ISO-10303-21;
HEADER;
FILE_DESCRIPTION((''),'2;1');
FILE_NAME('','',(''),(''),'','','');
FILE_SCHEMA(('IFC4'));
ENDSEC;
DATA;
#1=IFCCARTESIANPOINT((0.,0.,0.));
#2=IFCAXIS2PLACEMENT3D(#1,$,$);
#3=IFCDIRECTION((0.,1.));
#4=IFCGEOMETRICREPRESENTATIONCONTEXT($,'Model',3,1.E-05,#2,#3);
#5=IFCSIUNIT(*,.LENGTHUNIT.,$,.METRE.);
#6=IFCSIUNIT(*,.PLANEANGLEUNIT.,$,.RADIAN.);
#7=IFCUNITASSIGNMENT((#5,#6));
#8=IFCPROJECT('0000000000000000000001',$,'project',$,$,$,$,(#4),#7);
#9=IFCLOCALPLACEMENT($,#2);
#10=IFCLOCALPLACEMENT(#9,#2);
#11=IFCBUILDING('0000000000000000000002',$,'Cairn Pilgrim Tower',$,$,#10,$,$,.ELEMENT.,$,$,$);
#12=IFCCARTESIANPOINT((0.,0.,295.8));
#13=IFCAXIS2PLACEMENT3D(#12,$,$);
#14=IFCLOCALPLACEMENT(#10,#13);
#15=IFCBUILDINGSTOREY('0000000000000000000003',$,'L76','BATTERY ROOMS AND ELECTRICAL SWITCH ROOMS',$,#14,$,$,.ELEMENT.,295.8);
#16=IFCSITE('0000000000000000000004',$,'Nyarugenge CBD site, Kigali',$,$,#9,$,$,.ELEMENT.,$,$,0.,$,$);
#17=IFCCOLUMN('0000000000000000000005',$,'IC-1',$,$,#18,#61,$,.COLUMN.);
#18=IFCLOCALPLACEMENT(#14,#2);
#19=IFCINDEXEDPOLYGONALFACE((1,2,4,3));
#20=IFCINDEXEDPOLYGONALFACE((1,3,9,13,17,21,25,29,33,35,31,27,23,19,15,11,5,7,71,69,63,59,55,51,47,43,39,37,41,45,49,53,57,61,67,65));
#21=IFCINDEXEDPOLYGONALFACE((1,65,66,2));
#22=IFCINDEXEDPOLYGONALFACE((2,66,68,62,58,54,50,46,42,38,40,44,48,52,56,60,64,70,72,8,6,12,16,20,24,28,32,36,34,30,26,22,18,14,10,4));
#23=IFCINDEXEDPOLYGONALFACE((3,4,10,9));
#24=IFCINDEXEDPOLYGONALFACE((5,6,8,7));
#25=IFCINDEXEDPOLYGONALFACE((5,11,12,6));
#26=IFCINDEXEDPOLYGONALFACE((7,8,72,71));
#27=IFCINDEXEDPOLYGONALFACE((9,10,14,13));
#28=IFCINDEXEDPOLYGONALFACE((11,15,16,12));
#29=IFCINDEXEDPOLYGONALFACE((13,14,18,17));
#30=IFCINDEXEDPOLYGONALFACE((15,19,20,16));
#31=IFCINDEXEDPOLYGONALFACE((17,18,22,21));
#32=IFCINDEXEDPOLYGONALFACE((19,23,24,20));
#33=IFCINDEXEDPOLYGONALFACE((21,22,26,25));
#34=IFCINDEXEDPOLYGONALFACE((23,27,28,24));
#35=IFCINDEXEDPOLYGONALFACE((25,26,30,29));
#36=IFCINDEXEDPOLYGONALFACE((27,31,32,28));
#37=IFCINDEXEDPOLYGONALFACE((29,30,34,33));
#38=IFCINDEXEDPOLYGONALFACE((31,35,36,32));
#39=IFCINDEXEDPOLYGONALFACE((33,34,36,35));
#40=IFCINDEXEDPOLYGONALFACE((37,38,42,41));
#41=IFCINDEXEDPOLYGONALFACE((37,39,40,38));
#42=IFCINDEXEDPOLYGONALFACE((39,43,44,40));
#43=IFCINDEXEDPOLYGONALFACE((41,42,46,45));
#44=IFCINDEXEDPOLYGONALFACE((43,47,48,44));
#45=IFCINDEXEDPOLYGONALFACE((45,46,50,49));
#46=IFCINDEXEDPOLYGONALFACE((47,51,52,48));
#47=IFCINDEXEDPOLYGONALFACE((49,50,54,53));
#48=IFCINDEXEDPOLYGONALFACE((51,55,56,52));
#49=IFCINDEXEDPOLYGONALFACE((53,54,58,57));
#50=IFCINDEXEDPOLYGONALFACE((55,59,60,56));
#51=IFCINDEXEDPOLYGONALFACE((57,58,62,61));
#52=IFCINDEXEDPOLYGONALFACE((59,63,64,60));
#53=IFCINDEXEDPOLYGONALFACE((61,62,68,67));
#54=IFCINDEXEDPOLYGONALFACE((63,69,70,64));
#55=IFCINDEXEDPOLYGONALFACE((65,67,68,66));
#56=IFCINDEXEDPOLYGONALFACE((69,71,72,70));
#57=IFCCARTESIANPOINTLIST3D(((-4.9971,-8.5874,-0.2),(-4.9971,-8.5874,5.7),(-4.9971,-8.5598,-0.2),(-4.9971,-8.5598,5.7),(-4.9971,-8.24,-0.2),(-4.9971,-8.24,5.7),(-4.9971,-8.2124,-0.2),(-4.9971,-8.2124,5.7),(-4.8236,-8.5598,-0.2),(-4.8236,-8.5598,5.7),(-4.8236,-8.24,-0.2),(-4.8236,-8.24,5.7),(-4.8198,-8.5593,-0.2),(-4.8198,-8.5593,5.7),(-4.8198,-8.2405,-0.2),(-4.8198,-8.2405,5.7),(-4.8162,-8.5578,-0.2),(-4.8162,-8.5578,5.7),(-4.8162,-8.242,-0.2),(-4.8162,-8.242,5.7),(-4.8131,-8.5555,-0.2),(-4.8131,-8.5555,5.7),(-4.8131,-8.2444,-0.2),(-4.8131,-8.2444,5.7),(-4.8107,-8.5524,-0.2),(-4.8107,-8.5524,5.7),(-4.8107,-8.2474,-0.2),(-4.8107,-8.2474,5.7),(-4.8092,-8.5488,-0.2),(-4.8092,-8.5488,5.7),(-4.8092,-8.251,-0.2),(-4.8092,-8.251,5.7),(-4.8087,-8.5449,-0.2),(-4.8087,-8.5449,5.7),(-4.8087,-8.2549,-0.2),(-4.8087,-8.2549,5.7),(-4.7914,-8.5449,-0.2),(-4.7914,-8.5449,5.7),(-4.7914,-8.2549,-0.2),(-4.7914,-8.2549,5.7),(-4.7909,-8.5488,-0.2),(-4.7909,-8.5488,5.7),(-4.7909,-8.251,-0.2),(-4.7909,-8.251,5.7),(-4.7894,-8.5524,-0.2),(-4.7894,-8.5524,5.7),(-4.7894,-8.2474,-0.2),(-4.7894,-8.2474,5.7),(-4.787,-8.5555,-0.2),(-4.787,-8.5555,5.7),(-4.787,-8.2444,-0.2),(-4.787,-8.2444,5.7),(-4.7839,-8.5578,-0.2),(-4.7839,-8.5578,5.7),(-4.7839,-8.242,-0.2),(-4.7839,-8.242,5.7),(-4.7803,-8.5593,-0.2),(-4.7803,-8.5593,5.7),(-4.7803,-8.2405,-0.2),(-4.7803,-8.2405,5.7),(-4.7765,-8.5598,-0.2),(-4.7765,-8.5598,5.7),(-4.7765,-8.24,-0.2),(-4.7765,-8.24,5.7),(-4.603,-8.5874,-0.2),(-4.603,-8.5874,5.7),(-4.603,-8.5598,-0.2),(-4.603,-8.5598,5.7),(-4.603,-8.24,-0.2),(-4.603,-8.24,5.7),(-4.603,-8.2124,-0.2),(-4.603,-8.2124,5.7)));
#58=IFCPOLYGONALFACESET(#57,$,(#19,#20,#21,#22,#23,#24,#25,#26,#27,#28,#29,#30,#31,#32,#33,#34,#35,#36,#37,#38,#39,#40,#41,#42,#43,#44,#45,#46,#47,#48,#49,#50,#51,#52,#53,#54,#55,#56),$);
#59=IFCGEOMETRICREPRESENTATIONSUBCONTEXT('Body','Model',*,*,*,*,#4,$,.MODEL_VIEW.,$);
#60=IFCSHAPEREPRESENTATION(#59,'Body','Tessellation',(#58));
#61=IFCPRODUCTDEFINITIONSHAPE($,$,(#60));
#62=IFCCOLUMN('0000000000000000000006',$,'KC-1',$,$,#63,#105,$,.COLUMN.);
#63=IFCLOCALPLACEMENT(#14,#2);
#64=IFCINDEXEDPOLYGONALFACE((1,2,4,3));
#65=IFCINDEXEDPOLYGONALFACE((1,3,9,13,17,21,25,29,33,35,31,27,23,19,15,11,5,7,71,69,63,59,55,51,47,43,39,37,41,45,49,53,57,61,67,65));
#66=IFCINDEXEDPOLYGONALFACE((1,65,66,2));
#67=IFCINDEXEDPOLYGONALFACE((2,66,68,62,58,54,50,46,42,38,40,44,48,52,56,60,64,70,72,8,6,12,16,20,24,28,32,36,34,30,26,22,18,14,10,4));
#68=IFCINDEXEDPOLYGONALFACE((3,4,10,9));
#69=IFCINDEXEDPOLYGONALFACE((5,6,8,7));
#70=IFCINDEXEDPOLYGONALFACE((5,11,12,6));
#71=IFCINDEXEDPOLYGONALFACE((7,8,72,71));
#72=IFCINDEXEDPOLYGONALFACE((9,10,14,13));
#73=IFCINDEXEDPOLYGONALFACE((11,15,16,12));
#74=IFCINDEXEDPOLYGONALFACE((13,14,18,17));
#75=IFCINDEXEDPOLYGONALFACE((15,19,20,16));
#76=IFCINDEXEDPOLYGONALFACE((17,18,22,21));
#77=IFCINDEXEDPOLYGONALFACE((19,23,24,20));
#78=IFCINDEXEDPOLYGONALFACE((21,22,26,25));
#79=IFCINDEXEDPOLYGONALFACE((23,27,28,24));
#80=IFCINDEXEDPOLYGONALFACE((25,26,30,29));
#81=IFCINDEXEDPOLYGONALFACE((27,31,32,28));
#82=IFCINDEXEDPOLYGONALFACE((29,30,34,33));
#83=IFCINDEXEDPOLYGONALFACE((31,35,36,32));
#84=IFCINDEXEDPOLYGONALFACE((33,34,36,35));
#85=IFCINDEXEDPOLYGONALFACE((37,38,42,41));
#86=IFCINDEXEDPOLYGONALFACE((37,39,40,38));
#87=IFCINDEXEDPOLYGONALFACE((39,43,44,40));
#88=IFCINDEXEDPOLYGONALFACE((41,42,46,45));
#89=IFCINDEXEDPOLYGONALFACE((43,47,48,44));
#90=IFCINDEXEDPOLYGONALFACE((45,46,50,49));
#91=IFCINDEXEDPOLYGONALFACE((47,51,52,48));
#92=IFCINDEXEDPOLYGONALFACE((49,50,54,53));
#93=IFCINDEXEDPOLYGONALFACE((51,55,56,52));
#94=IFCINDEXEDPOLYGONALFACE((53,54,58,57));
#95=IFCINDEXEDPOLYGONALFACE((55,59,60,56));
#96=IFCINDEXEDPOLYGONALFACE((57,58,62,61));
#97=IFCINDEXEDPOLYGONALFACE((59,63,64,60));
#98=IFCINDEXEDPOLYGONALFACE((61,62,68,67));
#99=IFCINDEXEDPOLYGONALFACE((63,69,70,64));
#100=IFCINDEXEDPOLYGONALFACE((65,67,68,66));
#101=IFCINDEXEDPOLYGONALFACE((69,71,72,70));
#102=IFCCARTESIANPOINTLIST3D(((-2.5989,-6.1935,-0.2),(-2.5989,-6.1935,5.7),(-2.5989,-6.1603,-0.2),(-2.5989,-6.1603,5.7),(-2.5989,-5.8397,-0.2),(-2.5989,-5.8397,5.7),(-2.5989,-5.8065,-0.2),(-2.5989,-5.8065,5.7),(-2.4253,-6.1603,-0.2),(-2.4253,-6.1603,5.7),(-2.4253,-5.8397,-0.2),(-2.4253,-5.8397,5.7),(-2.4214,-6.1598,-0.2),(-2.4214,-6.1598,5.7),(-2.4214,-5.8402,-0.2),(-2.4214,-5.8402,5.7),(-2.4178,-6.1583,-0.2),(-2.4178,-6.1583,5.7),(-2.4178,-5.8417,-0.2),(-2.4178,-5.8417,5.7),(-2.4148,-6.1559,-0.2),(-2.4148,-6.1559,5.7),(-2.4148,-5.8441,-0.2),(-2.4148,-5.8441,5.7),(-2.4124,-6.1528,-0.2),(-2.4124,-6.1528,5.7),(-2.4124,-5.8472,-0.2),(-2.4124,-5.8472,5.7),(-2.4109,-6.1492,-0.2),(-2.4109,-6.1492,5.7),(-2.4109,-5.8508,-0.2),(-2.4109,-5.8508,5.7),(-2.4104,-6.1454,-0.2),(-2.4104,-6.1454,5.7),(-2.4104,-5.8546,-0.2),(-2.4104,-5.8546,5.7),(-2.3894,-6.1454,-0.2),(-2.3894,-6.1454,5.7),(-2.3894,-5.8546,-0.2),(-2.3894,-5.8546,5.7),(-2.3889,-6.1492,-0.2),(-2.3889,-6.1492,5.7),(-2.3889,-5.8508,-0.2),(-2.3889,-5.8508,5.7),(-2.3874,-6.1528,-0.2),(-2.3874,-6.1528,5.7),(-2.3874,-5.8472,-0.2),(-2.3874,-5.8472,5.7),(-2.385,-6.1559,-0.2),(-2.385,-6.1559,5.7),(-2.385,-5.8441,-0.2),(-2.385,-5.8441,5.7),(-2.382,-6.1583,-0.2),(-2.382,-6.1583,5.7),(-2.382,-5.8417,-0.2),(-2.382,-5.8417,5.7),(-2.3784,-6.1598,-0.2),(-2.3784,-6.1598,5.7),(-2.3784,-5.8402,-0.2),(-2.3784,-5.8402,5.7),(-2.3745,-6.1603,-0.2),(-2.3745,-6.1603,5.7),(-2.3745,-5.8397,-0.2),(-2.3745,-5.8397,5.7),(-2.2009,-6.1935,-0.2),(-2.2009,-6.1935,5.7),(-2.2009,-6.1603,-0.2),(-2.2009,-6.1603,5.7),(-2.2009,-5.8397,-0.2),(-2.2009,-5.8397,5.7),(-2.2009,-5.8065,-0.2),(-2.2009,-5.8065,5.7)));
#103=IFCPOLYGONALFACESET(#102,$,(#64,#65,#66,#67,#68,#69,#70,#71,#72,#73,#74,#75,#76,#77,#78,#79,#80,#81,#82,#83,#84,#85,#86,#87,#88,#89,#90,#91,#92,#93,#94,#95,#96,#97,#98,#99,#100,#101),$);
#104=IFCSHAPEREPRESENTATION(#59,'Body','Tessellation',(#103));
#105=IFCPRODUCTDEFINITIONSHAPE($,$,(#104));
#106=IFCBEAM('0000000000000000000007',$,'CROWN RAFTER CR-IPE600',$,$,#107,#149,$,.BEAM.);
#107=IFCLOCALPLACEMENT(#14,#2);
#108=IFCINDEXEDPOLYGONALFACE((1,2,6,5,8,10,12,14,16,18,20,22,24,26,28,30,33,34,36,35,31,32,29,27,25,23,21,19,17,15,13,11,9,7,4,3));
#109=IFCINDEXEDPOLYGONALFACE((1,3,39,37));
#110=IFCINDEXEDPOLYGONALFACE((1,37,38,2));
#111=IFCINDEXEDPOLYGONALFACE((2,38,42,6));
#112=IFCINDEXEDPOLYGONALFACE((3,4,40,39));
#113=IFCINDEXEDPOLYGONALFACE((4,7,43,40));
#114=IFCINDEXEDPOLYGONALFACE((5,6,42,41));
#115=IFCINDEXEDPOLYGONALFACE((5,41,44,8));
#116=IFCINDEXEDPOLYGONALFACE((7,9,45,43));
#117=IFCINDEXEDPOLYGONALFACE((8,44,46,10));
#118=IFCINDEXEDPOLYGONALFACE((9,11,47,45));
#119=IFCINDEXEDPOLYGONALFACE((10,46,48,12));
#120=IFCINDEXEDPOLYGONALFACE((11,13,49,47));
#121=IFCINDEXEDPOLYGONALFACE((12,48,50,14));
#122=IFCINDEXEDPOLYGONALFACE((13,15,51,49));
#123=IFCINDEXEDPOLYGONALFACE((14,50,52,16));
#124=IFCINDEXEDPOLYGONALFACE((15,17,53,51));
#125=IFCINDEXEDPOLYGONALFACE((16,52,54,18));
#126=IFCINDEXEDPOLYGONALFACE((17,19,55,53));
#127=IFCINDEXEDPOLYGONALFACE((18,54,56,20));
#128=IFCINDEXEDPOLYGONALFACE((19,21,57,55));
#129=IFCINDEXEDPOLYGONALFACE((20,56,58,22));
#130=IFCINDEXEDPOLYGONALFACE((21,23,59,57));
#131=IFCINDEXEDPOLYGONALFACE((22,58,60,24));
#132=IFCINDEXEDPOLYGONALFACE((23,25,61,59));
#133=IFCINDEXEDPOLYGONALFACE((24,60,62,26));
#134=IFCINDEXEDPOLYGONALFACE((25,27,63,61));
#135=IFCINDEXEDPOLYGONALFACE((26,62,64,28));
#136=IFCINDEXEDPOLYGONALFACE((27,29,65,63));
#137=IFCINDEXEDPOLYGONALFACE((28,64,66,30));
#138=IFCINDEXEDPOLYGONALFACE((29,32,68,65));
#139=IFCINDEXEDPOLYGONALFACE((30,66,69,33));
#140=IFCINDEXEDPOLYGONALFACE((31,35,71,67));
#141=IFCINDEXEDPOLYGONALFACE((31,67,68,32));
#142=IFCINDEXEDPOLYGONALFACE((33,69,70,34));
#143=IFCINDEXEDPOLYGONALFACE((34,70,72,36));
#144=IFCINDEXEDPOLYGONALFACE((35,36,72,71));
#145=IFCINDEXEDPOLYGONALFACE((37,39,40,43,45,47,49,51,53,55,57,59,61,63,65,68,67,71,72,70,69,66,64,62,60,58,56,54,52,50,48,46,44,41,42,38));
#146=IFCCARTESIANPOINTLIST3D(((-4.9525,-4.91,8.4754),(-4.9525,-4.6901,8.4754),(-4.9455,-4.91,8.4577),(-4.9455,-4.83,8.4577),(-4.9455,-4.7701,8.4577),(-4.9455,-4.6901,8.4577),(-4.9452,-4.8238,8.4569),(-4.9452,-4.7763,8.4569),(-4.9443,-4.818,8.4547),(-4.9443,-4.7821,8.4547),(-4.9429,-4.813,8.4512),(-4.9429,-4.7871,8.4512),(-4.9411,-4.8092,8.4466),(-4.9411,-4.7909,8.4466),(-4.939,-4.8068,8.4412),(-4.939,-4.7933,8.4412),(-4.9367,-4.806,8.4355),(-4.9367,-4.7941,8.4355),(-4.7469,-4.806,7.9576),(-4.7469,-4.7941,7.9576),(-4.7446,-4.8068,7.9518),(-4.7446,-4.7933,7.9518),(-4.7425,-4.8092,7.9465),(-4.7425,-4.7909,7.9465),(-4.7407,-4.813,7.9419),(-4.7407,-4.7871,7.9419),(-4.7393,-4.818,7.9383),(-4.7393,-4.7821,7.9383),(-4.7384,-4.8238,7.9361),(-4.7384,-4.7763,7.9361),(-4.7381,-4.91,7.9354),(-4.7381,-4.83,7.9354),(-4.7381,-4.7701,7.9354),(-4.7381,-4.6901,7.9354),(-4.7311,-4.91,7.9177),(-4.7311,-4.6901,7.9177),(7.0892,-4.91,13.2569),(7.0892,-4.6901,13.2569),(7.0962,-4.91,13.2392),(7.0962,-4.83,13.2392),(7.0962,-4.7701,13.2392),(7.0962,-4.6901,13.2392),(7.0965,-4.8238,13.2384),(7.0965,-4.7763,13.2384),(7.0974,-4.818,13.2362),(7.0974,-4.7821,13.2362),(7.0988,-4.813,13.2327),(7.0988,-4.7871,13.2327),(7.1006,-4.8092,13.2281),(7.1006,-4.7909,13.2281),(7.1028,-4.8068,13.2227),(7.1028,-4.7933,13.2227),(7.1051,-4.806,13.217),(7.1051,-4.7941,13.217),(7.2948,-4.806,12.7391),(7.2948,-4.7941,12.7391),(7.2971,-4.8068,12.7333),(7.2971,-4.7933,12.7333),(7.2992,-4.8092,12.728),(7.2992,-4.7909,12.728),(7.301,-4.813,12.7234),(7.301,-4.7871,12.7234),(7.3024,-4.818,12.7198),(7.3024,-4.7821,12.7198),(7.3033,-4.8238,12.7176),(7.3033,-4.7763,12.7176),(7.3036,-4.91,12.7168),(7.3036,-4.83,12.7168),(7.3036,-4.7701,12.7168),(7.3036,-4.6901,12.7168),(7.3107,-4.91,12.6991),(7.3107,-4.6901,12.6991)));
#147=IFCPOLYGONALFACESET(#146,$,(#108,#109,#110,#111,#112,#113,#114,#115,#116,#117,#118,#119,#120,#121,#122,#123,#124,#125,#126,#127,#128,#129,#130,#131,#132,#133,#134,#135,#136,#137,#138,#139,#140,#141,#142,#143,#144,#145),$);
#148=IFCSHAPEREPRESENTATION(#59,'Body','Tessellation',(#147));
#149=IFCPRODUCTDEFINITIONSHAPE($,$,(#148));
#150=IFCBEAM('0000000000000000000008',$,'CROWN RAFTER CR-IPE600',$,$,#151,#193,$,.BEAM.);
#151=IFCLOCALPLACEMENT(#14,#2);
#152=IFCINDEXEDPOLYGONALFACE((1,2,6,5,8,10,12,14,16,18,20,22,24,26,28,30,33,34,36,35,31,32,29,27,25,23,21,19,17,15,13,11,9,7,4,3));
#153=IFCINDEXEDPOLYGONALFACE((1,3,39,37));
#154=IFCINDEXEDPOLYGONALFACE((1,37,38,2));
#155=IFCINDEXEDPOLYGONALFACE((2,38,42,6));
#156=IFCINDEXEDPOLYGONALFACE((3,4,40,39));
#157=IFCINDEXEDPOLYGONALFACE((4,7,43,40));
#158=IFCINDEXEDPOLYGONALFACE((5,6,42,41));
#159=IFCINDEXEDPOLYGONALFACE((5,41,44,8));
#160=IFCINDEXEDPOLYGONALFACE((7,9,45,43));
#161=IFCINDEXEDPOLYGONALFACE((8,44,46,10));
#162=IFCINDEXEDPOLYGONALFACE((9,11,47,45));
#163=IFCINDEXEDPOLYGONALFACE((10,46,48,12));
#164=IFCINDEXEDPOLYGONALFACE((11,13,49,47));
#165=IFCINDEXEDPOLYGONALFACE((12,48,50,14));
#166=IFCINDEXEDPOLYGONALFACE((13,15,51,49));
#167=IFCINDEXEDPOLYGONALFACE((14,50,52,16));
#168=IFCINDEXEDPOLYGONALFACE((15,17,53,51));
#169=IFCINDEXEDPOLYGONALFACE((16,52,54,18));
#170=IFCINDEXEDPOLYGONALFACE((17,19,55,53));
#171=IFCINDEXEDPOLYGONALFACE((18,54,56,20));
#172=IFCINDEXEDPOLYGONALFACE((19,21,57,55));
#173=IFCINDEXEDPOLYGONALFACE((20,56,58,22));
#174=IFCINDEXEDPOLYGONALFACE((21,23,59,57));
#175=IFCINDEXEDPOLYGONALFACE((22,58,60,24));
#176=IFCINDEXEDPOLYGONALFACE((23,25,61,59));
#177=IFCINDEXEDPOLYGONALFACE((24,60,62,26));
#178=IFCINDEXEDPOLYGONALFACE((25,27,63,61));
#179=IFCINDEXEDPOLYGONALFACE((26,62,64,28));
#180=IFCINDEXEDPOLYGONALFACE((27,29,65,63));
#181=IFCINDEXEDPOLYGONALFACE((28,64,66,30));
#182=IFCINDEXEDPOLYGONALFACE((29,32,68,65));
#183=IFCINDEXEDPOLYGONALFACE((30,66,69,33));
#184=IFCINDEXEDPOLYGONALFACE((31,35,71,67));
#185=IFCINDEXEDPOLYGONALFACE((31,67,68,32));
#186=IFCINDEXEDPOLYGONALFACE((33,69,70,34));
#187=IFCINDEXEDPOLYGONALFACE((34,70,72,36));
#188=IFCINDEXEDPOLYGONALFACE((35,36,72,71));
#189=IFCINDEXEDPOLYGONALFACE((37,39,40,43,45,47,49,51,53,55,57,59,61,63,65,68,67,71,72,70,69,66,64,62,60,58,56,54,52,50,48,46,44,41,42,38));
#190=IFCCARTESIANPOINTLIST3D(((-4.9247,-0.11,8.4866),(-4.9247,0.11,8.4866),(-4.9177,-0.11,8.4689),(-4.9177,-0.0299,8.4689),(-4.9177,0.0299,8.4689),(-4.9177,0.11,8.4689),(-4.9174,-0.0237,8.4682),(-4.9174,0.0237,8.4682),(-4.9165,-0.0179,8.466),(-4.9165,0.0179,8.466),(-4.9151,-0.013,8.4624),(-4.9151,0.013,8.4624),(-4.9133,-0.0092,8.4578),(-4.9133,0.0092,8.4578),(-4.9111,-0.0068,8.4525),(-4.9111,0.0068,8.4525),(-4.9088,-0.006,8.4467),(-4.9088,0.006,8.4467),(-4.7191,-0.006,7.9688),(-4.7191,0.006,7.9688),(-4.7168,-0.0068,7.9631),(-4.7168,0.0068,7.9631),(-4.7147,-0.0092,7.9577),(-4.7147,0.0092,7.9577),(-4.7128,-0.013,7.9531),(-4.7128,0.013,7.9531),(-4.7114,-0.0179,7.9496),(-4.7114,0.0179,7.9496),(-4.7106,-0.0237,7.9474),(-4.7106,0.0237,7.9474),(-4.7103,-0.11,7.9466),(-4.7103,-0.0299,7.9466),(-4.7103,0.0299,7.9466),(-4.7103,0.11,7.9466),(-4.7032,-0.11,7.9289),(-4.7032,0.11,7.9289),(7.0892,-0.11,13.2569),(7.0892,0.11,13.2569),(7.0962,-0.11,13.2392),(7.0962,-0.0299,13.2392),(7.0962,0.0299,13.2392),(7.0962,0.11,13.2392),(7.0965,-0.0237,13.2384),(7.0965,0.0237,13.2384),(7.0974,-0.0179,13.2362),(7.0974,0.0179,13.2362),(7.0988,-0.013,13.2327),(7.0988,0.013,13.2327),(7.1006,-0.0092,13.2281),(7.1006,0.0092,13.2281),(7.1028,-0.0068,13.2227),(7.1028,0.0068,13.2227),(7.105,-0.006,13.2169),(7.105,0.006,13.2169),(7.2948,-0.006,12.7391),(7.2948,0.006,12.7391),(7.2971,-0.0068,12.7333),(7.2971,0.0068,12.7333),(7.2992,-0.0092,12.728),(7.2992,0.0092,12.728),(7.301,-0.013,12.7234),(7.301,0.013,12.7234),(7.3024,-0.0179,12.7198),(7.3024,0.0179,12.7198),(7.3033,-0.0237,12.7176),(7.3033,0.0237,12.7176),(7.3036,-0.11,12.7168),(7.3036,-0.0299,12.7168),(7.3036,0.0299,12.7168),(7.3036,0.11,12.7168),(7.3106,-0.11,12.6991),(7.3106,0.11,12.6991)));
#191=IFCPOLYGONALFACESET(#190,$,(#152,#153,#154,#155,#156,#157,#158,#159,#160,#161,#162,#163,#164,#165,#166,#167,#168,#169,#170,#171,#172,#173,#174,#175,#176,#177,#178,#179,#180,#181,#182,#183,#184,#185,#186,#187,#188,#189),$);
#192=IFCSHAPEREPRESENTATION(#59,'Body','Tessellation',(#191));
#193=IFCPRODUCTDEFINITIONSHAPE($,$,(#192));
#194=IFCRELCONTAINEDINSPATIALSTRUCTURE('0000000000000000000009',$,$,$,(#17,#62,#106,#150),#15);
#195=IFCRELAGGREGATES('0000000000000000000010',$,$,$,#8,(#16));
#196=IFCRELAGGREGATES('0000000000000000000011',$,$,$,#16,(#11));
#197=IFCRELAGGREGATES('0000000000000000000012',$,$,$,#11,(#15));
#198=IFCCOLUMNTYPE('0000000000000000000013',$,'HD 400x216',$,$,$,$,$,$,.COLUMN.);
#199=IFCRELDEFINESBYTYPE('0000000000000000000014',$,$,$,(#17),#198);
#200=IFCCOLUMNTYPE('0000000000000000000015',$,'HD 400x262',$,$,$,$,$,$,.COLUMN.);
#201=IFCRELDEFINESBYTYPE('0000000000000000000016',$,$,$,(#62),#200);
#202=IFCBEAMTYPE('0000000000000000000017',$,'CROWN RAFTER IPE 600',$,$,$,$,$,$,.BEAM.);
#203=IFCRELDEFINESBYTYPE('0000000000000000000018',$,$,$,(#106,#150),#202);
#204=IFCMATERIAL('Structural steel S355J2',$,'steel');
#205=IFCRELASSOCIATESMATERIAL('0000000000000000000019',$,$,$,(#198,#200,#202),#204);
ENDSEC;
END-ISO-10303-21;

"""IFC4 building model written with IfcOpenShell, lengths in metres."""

from ifc_helpers import new_model, si_unit, direction, frame, origin, origin_2d, place, context, subcontext, project, spatial, i_section, extrude, material, material_profile, profile_set, type_object, element, save


model = new_model("IFC4")

# Units and contexts
model_context = context("Model", 3, precision=1e-05, world=origin(), true_north=direction((0.0, 1.0)))
body_context = subcontext(model_context, "Body", "Model", "MODEL_VIEW")
ifc_project = project(units=[si_unit("LENGTHUNIT", "METRE"), si_unit("PLANEANGLEUNIT", "RADIAN")], contexts=[model_context])

# Site, building, storey
site_placement = place(None, origin())
site = spatial("IfcSite", under=ifc_project, at=site_placement, Name="Nyarugenge CBD site, Kigali", CompositionType="ELEMENT", RefElevation=0.0)
building_placement = place(site_placement, origin())
building = spatial("IfcBuilding", under=site, at=building_placement, Name="Cairn Pilgrim Tower", CompositionType="ELEMENT")
storey_placement = place(building_placement, frame((0.0, 0.0, 295.8)))
storey = spatial("IfcBuildingStorey", under=building, at=storey_placement, Name="L76", Description="BATTERY ROOMS AND ELECTRICAL SWITCH ROOMS", CompositionType="ELEMENT", Elevation=295.8)

# Columns
ifc_material_1 = material(Name="Structural steel S355J2", Category="steel")
ifc_material_profile_1 = material_profile(ifc_material_1, i_section(OverallWidth=0.394, OverallDepth=0.375, WebThickness=0.0173, FlangeThickness=0.0276, FilletRadius=0.0149, at=origin_2d()), Name="HD 400x216")
ifc_profile_set_1 = profile_set([ifc_material_profile_1], Name="Structural steel S355J2")
column_type_1 = type_object("IfcColumnType", Name="HD 400x216", PredefinedType="COLUMN", material=ifc_profile_set_1)
column_1_placement = place(storey_placement, frame((-4.8, -8.3999, -0.2), z_axis=(0.0, 0.0, 1.0), x_axis=(1.0, 0.0, 0.0)))
element("IfcColumn", 1, at=column_1_placement, inside=storey, type_object=column_type_1, Name="IC-1", PredefinedType="COLUMN", context=body_context, shape_type="SweptSolid", body=[
    extrude(i_section(OverallWidth=0.394, OverallDepth=0.375, WebThickness=0.0173, FlangeThickness=0.0276, FilletRadius=0.0149, at=origin_2d()), origin(), (0.0, 0.0, 1.0), 5.8999),
])
ifc_material_profile_2 = material_profile(ifc_material_1, i_section(OverallWidth=0.3979, OverallDepth=0.387, WebThickness=0.021, FlangeThickness=0.0332, FilletRadius=0.0149, at=origin_2d()), Name="HD 400x262")
ifc_profile_set_2 = profile_set([ifc_material_profile_2], Name="Structural steel S355J2")
column_type_2 = type_object("IfcColumnType", Name="HD 400x262", PredefinedType="COLUMN", material=ifc_profile_set_2)
column_2_placement = place(storey_placement, frame((-2.3999, -6.0, -0.2), z_axis=(0.0, 0.0, 1.0), x_axis=(1.0, 0.0, 0.0)))
element("IfcColumn", 2, at=column_2_placement, inside=storey, type_object=column_type_2, Name="KC-1", PredefinedType="COLUMN", context=body_context, shape_type="SweptSolid", body=[
    extrude(i_section(OverallWidth=0.3979, OverallDepth=0.387, WebThickness=0.021, FlangeThickness=0.0332, FilletRadius=0.0149, at=origin_2d()), origin(), (0.0, 0.0, 1.0), 5.8999),
])

# Beams
ifc_material_profile_3 = material_profile(ifc_material_1, i_section(OverallWidth=0.22, OverallDepth=0.6001, WebThickness=0.012, FlangeThickness=0.019, FilletRadius=0.0239, at=origin_2d()), Name="IPE 600")
ifc_profile_set_3 = profile_set([ifc_material_profile_3], Name="Structural steel S355J2")
beam_type_1 = type_object("IfcBeamType", Name="CROWN RAFTER IPE 600", PredefinedType="BEAM", material=ifc_profile_set_3)
beam_1_placement = place(storey_placement, frame((-4.8418, -4.8, 8.1965), z_axis=(0.929411, 0.0, 0.369047), x_axis=(0.0, 1.0, 0.0)))
element("IfcBeam", 3, at=beam_1_placement, inside=storey, type_object=beam_type_1, Name="CROWN RAFTER CR-IPE600", PredefinedType="BEAM", context=body_context, shape_type="SweptSolid", body=[
    extrude(i_section(OverallWidth=0.22, OverallDepth=0.6001, WebThickness=0.012, FlangeThickness=0.019, FilletRadius=0.0239, at=origin_2d()), origin(), (0.0, 0.0, 1.0), 12.9563),
])
beam_2_placement = place(storey_placement, frame((-4.814, 0.0, 8.2078), z_axis=(0.929415, 0.0, 0.369035), x_axis=(0.0, 1.0, 0.0)))
element("IfcBeam", 4, at=beam_2_placement, inside=storey, type_object=beam_type_1, Name="CROWN RAFTER CR-IPE600", PredefinedType="BEAM", context=body_context, shape_type="SweptSolid", body=[
    extrude(i_section(OverallWidth=0.22, OverallDepth=0.6001, WebThickness=0.012, FlangeThickness=0.019, FilletRadius=0.0239, at=origin_2d()), origin(), (0.0, 0.0, 1.0), 12.9263),
])

save(model, "model.ifc")
